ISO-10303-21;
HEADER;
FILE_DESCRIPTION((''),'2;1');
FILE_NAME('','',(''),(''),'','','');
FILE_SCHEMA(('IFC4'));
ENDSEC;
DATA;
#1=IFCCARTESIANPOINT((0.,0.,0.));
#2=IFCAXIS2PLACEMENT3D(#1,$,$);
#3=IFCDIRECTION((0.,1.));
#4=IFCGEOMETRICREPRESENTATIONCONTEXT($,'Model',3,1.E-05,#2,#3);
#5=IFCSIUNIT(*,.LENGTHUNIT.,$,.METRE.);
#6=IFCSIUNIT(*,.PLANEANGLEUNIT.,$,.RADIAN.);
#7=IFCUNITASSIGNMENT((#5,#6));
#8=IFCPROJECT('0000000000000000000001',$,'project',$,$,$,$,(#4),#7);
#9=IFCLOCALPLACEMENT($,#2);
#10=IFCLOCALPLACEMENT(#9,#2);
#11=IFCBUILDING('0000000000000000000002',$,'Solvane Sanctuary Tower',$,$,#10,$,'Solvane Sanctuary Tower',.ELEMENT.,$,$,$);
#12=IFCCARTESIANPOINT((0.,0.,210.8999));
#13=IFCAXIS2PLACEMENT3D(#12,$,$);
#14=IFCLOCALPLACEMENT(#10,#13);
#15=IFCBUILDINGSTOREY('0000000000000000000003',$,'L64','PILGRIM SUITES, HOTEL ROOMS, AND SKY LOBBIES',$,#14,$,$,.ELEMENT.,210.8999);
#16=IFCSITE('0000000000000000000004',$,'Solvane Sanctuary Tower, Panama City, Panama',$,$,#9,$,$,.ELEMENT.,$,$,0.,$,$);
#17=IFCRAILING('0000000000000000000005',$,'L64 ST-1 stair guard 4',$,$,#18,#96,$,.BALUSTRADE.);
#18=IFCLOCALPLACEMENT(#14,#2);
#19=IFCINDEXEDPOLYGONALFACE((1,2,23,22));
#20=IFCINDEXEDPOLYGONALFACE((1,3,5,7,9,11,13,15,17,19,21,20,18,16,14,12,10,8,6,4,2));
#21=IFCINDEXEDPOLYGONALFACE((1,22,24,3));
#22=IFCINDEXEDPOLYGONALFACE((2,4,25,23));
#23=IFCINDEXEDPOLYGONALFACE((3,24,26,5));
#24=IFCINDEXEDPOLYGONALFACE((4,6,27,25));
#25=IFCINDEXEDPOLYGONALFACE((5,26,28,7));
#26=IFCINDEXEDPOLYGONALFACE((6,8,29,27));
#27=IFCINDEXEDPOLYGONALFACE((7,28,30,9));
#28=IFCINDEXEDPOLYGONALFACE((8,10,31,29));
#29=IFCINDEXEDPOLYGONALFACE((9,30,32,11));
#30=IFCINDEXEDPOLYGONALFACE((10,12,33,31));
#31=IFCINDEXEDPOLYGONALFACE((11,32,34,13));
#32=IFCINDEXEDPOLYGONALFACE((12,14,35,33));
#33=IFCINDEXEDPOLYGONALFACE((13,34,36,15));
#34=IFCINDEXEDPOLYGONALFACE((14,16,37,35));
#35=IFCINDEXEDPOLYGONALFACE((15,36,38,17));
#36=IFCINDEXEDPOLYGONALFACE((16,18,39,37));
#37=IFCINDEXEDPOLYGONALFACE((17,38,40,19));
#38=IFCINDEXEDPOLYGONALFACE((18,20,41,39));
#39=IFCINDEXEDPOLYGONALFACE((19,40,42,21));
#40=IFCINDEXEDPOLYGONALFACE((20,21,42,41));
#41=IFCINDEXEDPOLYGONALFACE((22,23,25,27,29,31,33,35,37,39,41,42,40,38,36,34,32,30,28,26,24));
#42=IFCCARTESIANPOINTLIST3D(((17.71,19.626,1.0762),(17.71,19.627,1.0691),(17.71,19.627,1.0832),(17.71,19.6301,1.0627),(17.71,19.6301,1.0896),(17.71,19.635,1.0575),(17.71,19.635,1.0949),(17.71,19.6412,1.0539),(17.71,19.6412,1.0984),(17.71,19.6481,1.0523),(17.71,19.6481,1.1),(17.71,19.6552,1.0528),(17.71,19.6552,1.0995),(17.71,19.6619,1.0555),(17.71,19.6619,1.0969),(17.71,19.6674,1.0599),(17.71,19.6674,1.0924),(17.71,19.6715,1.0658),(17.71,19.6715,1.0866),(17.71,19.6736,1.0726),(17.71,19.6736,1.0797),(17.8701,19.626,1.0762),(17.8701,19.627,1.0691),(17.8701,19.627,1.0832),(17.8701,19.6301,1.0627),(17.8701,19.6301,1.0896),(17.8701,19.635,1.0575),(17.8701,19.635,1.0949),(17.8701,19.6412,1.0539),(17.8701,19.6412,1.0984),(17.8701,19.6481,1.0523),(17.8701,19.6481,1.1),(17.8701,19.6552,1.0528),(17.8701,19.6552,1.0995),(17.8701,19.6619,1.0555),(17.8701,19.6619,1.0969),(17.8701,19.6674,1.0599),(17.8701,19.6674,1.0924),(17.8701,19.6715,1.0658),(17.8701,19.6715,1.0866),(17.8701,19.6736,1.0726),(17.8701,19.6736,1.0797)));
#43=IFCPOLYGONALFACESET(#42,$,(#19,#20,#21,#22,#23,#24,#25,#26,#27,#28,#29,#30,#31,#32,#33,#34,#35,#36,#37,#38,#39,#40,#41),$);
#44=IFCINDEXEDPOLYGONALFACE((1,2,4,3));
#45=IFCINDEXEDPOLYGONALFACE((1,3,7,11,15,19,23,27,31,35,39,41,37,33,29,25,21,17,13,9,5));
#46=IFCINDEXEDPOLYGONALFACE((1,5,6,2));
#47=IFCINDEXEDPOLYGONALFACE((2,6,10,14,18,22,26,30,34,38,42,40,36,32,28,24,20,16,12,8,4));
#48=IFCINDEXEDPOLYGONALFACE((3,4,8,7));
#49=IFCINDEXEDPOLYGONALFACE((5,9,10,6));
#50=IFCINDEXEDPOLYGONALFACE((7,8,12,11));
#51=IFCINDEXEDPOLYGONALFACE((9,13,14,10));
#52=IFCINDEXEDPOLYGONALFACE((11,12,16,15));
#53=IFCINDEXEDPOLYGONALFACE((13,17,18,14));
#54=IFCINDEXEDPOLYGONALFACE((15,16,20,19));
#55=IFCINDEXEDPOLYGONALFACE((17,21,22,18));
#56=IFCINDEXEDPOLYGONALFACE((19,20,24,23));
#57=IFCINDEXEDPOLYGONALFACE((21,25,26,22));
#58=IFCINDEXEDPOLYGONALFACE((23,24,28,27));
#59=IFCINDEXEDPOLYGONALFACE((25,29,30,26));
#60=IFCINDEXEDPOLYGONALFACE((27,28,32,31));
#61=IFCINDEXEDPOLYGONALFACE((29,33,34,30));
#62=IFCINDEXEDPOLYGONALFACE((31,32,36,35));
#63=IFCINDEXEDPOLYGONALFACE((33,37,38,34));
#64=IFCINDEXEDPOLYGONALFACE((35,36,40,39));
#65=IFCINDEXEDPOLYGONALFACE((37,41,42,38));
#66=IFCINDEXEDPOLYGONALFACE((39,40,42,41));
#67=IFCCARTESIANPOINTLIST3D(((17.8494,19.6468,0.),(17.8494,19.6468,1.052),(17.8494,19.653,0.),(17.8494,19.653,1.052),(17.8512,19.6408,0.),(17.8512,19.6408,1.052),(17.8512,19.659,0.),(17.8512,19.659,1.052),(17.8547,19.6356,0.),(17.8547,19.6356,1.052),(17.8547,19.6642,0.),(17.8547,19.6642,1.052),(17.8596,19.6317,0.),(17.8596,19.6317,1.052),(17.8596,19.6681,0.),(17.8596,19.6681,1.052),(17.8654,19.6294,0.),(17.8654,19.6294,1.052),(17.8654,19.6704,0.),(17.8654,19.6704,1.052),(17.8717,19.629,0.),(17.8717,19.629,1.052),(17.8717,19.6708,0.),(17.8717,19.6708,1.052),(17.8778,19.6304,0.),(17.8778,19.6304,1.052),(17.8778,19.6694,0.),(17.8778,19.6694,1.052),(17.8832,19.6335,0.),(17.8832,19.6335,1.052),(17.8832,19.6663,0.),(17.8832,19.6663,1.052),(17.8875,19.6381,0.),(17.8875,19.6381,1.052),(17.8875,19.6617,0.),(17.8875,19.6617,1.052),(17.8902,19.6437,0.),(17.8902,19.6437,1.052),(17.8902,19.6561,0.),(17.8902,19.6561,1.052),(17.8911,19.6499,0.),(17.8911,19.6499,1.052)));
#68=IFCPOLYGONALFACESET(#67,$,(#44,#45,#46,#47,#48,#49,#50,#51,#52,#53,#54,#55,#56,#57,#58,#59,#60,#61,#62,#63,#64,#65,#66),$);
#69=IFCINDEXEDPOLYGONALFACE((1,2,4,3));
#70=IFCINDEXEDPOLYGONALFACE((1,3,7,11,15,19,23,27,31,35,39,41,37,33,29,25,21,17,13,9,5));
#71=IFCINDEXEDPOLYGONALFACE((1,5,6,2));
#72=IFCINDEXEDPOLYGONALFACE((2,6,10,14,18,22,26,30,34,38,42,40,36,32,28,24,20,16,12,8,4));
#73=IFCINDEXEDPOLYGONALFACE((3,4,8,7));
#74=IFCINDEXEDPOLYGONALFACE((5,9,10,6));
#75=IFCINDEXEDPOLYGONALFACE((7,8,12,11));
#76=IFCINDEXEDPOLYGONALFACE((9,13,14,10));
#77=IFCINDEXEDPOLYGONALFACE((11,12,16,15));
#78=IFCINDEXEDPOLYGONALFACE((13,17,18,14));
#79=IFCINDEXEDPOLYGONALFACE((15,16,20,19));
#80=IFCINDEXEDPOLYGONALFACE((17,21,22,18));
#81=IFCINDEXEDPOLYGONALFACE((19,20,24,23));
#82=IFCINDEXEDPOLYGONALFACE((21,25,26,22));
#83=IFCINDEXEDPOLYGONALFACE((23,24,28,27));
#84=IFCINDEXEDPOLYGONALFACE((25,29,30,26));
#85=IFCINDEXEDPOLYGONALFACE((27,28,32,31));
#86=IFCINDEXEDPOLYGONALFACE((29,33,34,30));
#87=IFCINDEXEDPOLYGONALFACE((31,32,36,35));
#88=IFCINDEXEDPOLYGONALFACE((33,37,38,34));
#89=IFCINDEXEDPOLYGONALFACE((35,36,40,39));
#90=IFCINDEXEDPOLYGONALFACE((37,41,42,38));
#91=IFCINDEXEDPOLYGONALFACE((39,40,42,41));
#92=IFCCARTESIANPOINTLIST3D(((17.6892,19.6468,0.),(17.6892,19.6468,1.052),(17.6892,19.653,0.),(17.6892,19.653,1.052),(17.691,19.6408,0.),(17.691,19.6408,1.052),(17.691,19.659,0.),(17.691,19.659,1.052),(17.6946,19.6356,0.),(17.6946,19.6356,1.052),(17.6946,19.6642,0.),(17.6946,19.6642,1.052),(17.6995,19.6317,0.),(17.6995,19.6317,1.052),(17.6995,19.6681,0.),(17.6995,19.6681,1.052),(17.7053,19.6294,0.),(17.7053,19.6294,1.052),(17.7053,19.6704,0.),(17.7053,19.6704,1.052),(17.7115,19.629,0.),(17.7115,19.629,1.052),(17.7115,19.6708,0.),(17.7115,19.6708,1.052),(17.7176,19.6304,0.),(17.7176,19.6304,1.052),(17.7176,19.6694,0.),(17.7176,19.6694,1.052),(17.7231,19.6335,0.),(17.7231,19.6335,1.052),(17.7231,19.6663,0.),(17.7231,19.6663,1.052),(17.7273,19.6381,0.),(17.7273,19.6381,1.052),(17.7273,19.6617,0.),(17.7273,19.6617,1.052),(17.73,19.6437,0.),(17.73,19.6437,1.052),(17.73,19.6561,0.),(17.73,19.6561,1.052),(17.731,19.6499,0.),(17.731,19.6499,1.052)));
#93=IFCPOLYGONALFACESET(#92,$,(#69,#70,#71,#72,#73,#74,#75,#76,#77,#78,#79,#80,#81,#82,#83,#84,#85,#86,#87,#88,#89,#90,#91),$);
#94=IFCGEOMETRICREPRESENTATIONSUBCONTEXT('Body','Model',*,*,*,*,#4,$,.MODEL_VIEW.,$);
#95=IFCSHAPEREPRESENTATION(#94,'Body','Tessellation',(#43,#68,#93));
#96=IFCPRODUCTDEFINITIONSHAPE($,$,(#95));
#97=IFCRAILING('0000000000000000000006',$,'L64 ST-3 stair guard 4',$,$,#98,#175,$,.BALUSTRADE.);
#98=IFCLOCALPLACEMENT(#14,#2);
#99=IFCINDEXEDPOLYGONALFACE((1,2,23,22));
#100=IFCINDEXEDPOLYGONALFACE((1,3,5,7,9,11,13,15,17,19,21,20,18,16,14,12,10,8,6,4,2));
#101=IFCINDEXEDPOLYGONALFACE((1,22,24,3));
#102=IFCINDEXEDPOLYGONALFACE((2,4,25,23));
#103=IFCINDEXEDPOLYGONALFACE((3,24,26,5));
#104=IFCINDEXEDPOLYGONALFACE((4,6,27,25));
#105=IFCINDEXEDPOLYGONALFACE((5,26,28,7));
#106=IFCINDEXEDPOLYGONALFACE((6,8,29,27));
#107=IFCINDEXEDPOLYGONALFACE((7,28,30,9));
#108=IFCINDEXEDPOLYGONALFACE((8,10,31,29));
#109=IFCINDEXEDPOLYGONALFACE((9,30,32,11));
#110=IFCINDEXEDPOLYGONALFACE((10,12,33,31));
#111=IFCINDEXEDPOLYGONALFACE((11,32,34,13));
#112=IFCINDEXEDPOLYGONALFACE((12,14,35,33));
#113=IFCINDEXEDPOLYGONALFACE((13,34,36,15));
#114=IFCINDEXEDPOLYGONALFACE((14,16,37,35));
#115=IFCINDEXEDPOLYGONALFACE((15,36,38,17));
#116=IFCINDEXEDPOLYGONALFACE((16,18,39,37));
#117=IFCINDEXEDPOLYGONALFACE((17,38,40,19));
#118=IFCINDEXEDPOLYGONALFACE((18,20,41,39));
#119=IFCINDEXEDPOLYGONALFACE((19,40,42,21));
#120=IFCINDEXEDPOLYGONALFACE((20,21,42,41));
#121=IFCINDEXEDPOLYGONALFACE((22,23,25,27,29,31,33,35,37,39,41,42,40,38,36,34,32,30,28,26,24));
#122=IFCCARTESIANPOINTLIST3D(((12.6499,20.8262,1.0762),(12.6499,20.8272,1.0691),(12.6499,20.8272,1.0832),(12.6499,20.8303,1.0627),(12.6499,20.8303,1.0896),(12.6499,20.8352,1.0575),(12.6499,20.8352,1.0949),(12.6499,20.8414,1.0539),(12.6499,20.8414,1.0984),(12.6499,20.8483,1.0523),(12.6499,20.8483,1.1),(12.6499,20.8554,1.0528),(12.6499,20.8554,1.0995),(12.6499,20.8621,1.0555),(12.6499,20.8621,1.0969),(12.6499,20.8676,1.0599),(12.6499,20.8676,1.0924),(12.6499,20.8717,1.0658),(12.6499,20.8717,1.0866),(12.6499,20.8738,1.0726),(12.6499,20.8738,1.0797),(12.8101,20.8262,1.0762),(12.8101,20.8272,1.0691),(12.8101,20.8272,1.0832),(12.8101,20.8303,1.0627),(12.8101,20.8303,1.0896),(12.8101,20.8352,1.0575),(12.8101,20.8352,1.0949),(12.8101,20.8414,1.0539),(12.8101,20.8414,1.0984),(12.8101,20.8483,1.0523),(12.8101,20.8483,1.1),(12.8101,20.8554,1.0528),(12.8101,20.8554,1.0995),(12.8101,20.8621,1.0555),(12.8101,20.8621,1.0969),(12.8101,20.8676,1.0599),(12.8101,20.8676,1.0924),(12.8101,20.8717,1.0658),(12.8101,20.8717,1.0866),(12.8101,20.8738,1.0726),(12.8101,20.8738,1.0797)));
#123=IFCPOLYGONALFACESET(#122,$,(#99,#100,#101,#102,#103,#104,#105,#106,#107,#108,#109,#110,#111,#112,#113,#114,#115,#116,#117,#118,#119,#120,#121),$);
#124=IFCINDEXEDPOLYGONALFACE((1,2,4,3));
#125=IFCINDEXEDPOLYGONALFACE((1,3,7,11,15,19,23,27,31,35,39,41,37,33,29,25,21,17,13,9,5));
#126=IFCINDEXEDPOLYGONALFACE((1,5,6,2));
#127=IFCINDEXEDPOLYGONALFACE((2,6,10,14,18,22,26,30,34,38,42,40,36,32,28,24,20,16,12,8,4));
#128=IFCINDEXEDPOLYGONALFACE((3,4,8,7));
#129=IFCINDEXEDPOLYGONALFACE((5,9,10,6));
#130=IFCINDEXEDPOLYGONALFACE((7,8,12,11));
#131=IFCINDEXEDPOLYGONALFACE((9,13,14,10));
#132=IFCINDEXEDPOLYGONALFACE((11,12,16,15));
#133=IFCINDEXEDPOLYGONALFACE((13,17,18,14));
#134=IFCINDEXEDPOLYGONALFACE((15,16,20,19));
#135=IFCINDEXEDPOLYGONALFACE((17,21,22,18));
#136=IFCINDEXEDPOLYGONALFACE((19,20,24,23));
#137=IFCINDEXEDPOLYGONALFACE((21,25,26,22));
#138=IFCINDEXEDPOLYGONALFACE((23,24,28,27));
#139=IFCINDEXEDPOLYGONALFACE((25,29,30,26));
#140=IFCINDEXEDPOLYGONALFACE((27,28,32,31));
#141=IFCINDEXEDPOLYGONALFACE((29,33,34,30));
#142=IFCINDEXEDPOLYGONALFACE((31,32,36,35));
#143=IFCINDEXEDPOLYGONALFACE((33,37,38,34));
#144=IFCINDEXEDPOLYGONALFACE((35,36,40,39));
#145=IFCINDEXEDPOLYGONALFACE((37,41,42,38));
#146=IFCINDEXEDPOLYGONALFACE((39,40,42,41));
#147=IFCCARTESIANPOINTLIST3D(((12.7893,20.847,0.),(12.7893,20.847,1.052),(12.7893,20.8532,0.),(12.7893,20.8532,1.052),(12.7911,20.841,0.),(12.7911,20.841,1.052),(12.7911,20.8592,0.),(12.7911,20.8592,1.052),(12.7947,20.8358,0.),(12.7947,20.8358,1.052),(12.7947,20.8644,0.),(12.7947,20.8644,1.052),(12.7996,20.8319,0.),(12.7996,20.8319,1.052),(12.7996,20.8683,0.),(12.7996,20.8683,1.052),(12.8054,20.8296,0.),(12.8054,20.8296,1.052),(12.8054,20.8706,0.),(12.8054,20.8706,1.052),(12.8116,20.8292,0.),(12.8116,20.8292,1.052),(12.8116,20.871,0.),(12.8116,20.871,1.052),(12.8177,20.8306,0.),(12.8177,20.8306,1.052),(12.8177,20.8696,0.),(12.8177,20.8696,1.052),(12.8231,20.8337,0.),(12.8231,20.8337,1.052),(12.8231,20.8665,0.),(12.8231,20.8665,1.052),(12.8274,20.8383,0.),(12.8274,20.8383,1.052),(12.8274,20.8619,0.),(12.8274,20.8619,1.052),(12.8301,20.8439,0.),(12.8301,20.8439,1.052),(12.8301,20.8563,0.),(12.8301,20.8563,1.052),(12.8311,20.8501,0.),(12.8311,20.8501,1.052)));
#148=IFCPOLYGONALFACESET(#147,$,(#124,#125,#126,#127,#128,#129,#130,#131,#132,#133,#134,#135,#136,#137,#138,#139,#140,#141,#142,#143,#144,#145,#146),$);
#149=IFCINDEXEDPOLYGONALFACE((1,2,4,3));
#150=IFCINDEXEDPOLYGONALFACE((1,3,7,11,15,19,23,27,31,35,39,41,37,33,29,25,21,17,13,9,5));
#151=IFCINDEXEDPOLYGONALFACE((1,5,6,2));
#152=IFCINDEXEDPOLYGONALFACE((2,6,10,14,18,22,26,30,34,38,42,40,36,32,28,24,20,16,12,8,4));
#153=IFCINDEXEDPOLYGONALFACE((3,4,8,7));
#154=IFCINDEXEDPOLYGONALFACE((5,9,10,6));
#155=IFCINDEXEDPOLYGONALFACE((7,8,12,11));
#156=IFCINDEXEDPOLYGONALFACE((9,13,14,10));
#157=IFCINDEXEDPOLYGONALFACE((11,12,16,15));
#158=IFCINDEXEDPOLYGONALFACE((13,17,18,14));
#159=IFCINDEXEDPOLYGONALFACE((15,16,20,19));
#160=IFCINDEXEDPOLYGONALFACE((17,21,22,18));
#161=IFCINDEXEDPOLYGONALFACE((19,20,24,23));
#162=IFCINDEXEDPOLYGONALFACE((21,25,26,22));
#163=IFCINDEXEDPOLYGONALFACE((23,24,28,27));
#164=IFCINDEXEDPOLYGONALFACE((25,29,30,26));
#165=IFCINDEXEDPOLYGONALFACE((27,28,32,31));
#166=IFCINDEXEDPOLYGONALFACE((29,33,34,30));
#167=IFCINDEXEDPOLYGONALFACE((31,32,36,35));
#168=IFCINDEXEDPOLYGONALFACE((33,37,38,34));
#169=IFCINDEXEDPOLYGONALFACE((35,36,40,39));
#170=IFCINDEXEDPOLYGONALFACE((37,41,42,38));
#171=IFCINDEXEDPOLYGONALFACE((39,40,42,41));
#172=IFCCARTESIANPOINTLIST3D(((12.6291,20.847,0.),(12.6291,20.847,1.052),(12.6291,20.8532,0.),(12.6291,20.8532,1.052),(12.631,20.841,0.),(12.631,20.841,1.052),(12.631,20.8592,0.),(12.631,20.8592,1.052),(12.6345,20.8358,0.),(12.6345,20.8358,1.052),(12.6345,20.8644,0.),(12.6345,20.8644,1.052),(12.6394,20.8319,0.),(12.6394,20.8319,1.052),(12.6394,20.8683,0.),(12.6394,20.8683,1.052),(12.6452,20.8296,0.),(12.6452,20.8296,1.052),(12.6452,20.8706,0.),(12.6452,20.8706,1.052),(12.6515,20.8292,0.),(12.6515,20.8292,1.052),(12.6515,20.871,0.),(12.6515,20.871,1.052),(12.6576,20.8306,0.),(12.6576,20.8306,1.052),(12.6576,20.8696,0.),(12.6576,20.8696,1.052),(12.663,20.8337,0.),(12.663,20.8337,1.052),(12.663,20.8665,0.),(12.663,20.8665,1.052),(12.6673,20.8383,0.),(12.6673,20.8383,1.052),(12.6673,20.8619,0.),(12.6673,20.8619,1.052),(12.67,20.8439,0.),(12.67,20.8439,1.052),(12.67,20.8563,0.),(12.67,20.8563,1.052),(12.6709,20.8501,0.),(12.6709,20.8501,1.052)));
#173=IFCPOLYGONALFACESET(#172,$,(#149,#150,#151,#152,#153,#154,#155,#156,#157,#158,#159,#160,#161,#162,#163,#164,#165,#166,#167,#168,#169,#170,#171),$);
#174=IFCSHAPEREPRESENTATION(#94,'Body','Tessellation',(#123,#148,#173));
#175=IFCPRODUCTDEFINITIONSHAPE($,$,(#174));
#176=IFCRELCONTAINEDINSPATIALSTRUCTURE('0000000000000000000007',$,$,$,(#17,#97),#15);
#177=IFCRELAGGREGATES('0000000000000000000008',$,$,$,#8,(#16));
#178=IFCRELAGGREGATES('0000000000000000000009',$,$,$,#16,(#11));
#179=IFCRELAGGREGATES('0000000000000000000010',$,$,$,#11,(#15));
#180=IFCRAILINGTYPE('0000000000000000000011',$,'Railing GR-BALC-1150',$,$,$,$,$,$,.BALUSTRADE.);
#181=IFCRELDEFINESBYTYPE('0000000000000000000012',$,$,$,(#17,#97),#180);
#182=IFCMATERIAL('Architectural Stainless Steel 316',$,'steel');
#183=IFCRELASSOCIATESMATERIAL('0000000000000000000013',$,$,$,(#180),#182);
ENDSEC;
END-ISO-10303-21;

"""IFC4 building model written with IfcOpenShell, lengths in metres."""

from ifc_helpers import new_model, si_unit, direction, frame, origin, origin_2d, place, context, subcontext, project, spatial, circle, extrude, material, type_object, element, save


model = new_model("IFC4")

# Units and contexts
model_context = context("Model", 3, precision=1e-05, world=origin(), true_north=direction((0.0, 1.0)))
body_context = subcontext(model_context, "Body", "Model", "MODEL_VIEW")
ifc_project = project(units=[si_unit("LENGTHUNIT", "METRE"), si_unit("PLANEANGLEUNIT", "RADIAN")], contexts=[model_context])

# Site, building, storey
site_placement = place(None, origin())
site = spatial("IfcSite", under=ifc_project, at=site_placement, Name="Solvane Sanctuary Tower, Panama City, Panama", CompositionType="ELEMENT", RefElevation=0.0)
building_placement = place(site_placement, origin())
building = spatial("IfcBuilding", under=site, at=building_placement, Name="Solvane Sanctuary Tower", LongName="Solvane Sanctuary Tower", CompositionType="ELEMENT")
storey_placement = place(building_placement, frame((0.0, 0.0, 210.8999)))
storey = spatial("IfcBuildingStorey", under=building, at=storey_placement, Name="L64", Description="PILGRIM SUITES, HOTEL ROOMS, AND SKY LOBBIES", CompositionType="ELEMENT", Elevation=210.8999)

# Shared definitions
ifc_material_1 = material(Name="Architectural Stainless Steel 316", Category="steel")

# Railings
railing_type_1 = type_object("IfcRailingType", Name="Railing GR-BALC-1150", PredefinedType="BALUSTRADE", material=ifc_material_1)
for number, where, name in (
    (1, (17.8701, 19.6499, 0.0), "L64 ST-1 stair guard 4"),
    (2, (12.8101, 20.8501, 0.0), "L64 ST-3 stair guard 4"),
):
    element("IfcRailing", number, at=place(storey_placement, frame(where)), inside=storey, type_object=railing_type_1, Name=name, PredefinedType="BALUSTRADE", context=body_context, shape_type="SweptSolid", body=[
        extrude(circle(Radius=0.0239, at=origin_2d()), frame((0.0, 0.0, 1.0762), z_axis=(-1.0, 0.0, 0.0), x_axis=(0.0, -1.0, 0.0)), (0.0, 0.0, 1.0), 0.1602),
        extrude(circle(Radius=0.021, at=origin_2d()), origin(), (0.0, 0.0, 1.0), 1.052),
        extrude(circle(Radius=0.021, at=origin_2d()), frame((-0.1602, 0.0, 0.0)), (0.0, 0.0, 1.0), 1.052),
    ])

save(model, "model.ifc")
